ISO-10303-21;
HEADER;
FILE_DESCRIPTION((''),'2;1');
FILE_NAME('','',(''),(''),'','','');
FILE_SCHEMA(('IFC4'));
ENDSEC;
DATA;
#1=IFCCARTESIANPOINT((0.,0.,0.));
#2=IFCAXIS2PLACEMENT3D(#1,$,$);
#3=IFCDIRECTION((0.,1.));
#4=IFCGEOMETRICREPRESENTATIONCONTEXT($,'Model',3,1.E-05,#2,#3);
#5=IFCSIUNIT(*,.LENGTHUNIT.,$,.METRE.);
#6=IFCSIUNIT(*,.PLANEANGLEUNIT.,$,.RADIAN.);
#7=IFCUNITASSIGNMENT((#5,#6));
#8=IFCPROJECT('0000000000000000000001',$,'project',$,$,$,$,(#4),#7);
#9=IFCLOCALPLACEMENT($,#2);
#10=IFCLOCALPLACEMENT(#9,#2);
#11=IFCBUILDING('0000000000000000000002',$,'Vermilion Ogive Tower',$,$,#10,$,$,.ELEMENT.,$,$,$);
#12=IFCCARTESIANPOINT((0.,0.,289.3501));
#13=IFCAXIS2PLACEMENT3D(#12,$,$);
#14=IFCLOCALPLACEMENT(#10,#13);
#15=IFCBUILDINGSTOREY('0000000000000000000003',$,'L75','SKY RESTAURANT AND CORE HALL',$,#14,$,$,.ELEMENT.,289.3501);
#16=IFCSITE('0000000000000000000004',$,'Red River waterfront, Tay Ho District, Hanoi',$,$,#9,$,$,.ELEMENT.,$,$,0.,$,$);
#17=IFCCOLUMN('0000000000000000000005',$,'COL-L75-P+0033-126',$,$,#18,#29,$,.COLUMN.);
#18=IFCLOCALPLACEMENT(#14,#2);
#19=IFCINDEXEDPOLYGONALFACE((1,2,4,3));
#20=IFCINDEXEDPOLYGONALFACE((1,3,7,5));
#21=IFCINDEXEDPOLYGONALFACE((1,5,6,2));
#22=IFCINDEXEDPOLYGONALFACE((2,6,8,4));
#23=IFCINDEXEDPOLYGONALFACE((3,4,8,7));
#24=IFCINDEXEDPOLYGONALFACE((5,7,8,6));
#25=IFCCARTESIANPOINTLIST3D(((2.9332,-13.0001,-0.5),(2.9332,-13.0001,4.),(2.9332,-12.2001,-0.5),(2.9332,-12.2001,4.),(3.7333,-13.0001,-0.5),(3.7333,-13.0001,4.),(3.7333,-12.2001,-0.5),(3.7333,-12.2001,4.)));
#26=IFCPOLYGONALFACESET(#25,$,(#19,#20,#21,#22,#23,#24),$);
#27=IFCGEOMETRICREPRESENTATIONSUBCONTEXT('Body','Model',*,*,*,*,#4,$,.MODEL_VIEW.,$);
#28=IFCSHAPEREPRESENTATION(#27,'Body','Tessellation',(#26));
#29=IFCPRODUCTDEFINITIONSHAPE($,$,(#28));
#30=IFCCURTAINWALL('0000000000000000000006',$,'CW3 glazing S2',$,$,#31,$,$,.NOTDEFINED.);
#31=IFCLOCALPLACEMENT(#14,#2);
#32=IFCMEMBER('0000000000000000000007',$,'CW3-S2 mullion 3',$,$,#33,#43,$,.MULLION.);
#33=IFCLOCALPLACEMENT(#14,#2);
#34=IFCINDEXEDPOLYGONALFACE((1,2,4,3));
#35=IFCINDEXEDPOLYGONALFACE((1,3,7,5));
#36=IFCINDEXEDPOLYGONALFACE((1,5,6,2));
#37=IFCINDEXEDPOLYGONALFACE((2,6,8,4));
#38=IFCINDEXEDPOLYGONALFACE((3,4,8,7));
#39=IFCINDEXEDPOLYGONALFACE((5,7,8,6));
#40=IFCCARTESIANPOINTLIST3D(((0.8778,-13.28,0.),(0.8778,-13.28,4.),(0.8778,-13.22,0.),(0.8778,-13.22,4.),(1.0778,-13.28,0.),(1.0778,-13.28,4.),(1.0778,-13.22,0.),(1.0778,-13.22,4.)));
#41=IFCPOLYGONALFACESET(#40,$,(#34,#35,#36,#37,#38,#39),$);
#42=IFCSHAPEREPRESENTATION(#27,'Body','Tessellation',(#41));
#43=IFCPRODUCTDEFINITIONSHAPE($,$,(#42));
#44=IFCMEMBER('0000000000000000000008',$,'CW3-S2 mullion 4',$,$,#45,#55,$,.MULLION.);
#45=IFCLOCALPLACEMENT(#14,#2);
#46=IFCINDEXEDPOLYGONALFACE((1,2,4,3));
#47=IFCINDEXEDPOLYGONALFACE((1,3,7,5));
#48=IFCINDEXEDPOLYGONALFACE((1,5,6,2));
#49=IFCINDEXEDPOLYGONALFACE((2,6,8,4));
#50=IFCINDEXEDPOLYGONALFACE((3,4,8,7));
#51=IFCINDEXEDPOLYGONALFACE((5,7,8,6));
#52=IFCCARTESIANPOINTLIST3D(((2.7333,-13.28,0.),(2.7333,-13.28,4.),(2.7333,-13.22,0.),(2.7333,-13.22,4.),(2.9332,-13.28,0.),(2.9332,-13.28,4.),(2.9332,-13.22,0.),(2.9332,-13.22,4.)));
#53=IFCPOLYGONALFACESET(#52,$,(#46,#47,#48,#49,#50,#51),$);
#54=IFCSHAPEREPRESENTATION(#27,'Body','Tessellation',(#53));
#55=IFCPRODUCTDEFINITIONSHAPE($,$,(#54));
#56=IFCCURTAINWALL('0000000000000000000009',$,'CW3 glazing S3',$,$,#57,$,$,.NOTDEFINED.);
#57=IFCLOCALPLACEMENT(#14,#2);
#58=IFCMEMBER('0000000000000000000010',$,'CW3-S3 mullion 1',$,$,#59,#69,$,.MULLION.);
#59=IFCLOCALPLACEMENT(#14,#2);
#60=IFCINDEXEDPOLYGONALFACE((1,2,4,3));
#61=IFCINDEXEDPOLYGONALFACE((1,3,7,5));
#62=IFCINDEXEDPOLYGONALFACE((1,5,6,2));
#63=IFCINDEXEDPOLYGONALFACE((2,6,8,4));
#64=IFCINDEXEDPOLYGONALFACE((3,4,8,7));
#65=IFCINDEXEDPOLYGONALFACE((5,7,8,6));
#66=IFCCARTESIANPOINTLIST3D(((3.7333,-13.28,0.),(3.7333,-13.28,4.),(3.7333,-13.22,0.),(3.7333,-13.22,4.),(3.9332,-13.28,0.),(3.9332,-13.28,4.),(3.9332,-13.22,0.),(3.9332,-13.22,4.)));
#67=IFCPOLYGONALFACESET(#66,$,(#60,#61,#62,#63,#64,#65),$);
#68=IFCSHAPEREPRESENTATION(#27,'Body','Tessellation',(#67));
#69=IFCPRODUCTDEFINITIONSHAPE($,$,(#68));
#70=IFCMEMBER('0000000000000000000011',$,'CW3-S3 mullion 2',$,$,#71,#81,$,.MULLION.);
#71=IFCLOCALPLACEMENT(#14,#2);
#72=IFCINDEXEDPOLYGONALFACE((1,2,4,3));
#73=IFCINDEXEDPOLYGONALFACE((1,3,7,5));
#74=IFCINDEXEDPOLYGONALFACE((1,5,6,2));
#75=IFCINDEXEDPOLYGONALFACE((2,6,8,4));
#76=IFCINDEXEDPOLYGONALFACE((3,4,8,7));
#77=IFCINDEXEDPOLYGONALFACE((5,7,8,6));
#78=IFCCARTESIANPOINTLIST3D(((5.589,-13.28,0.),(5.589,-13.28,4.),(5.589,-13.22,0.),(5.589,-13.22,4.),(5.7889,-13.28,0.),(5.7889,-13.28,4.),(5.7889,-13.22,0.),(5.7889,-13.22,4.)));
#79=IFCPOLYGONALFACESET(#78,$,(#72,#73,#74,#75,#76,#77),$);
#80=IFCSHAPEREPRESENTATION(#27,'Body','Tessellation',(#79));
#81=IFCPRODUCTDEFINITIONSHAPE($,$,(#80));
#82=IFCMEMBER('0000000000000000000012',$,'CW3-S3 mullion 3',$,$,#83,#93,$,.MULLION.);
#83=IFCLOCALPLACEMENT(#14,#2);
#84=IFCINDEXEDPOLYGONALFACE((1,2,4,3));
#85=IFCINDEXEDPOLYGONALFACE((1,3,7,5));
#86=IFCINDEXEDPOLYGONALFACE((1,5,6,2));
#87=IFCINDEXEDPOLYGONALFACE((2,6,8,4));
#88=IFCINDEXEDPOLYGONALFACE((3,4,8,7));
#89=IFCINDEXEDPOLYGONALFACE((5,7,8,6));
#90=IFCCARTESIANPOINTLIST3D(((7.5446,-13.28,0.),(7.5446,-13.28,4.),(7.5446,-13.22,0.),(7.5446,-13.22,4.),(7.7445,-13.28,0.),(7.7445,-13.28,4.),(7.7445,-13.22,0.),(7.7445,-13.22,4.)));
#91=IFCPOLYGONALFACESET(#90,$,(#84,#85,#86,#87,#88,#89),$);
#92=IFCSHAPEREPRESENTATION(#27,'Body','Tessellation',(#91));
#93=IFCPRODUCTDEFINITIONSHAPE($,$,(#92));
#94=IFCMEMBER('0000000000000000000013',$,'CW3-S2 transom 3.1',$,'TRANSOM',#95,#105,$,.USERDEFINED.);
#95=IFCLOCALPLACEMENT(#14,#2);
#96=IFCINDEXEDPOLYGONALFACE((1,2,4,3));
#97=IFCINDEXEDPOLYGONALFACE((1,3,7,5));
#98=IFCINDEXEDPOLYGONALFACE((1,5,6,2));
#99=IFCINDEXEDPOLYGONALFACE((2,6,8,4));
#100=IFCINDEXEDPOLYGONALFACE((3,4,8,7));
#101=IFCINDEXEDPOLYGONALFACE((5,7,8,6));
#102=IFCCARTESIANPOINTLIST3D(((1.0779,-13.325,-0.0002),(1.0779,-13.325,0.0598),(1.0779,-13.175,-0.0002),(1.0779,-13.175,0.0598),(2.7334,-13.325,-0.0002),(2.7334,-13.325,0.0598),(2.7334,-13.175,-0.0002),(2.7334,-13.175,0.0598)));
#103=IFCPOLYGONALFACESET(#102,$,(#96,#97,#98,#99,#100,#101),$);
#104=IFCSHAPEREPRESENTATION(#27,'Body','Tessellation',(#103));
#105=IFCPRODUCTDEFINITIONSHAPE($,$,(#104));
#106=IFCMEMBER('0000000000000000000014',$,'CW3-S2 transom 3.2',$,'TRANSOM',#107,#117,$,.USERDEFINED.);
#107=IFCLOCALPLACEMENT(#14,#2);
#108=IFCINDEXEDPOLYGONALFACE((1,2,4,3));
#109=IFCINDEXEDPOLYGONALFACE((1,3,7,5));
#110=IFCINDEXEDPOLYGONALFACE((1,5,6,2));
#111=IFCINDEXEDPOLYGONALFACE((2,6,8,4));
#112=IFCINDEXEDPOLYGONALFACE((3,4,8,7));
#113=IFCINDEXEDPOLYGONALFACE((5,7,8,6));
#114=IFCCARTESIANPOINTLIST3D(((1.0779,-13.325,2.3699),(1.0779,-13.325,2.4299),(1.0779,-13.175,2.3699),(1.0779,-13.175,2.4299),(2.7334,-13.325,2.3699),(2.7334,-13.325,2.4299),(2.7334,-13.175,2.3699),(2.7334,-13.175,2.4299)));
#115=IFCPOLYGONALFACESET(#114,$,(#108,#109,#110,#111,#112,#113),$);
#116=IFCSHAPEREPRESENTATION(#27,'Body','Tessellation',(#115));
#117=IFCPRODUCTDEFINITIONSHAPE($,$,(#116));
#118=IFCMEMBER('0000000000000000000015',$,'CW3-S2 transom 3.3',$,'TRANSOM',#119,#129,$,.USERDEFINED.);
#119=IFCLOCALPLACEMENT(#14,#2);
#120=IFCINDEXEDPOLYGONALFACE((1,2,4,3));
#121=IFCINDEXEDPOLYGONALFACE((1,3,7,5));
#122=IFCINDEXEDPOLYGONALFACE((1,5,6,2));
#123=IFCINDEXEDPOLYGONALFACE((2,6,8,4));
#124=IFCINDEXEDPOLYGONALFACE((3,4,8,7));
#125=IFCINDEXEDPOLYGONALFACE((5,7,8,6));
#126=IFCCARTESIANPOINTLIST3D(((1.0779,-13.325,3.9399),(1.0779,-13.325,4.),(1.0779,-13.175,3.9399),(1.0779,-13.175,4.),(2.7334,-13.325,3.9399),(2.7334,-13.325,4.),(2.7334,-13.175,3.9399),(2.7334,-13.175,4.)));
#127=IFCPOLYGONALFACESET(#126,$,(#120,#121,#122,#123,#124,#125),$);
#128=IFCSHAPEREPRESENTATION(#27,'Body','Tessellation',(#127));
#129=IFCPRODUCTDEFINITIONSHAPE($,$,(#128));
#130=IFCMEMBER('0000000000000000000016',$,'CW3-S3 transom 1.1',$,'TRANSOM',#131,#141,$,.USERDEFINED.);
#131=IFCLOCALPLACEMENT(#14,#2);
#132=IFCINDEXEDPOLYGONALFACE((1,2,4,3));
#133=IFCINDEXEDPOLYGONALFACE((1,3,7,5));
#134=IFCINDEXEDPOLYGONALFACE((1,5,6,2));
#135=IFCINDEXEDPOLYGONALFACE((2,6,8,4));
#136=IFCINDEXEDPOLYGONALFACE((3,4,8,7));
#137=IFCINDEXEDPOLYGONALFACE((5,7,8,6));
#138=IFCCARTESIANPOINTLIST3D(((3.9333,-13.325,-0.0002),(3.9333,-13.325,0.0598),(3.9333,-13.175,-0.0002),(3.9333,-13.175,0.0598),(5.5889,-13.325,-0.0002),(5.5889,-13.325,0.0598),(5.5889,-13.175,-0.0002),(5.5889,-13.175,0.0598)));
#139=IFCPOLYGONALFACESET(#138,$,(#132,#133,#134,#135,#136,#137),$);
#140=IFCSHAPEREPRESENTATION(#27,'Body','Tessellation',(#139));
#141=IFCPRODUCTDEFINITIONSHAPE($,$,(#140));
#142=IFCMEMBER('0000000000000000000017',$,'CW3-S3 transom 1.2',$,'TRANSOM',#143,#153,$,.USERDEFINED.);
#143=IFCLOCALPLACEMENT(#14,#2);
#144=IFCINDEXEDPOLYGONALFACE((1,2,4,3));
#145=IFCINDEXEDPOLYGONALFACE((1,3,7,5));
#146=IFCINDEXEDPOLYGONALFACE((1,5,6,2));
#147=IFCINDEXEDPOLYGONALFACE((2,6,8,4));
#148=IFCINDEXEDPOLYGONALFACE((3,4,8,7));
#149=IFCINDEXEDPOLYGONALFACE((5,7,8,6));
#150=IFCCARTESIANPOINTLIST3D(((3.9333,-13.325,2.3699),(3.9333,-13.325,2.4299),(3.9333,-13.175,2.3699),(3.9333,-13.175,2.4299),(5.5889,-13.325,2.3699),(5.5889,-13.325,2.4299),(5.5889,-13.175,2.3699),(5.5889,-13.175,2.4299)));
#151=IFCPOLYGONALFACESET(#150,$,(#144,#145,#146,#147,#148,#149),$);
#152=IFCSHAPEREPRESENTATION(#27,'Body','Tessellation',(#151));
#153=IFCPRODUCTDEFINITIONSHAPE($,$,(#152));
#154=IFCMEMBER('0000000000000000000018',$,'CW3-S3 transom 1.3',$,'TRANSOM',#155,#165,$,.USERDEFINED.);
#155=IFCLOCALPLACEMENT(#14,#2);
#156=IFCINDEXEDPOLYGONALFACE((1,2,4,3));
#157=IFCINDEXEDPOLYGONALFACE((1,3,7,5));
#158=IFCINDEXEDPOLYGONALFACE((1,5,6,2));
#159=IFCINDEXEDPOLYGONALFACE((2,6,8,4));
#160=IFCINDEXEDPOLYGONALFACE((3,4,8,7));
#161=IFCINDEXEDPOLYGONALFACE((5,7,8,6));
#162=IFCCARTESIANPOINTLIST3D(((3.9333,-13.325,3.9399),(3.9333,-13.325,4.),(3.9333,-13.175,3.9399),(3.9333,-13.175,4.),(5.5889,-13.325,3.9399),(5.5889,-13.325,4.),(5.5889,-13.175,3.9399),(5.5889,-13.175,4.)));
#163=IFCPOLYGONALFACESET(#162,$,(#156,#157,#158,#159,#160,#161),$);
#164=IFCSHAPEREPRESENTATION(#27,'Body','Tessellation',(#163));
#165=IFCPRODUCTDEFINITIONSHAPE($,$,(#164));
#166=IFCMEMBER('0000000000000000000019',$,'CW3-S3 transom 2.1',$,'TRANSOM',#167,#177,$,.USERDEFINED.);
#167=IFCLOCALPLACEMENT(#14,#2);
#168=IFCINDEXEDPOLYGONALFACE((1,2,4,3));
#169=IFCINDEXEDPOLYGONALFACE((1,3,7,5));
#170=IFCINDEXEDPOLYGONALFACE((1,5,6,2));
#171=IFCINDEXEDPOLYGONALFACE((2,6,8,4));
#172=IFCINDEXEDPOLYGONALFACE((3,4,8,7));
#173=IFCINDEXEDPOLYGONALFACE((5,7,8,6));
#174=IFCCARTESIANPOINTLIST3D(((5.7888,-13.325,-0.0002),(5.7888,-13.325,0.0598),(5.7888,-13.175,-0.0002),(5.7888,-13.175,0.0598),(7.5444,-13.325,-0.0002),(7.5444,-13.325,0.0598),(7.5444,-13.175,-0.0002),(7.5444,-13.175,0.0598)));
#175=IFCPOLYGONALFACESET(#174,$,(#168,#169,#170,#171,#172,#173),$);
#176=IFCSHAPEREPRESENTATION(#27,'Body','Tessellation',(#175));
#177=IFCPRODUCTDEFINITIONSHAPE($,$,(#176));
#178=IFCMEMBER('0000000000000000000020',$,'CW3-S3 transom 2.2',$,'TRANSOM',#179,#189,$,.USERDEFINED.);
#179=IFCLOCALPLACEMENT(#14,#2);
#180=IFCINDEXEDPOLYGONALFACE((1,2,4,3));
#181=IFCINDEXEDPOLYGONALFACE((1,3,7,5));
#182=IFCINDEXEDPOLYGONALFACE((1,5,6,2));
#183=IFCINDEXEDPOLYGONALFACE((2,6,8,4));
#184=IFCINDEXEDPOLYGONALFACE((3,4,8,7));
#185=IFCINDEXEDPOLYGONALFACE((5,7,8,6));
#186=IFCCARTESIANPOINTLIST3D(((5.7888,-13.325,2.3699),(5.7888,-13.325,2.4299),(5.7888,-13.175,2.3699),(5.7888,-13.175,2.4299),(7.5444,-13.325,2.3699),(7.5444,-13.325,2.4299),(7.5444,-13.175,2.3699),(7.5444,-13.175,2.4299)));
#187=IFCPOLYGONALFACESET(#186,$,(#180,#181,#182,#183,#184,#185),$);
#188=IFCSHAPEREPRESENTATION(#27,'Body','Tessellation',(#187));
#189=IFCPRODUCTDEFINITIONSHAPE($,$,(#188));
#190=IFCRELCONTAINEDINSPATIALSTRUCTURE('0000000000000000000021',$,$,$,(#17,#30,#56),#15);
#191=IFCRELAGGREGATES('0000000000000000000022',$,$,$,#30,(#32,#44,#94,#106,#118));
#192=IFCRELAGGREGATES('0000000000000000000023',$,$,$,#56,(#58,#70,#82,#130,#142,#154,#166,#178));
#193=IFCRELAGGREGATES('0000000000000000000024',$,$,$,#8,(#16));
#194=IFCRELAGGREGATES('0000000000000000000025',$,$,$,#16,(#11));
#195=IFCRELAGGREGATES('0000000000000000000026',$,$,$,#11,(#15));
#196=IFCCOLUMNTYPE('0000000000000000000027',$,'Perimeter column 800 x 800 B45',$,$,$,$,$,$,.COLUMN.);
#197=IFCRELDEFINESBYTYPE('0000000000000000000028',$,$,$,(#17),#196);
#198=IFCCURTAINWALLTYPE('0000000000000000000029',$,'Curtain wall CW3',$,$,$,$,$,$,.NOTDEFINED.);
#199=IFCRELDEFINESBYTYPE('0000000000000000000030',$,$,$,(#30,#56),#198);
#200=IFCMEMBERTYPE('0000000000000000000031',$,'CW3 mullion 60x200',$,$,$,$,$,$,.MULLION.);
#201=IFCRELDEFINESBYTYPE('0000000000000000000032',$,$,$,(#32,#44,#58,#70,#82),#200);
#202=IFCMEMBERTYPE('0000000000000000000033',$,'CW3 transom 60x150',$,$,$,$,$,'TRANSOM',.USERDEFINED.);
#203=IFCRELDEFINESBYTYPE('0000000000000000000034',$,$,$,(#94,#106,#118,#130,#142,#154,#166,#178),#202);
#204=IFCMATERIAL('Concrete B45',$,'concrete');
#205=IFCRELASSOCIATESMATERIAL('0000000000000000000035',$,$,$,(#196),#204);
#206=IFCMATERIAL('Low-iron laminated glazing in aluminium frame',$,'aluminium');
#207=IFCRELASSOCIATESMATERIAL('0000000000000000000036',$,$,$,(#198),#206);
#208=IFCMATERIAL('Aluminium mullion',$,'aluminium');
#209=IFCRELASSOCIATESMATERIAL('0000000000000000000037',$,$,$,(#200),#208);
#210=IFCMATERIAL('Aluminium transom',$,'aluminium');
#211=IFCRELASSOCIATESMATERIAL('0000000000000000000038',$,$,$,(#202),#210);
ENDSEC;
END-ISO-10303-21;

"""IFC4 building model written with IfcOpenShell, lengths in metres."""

from ifc_helpers import new_model, si_unit, direction, frame, origin, origin_2d, place, context, subcontext, project, spatial, rectangle, extrude, material, material_profile, profile_set, type_object, element, aggregate, save


model = new_model("IFC4")

# Units and contexts
model_context = context("Model", 3, precision=1e-05, world=origin(), true_north=direction((0.0, 1.0)))
body_context = subcontext(model_context, "Body", "Model", "MODEL_VIEW")
ifc_project = project(units=[si_unit("LENGTHUNIT", "METRE"), si_unit("PLANEANGLEUNIT", "RADIAN")], contexts=[model_context])

# Site, building, storey
site_placement = place(None, origin())
site = spatial("IfcSite", under=ifc_project, at=site_placement, Name="Red River waterfront, Tay Ho District, Hanoi", CompositionType="ELEMENT", RefElevation=0.0)
building_placement = place(site_placement, origin())
building = spatial("IfcBuilding", under=site, at=building_placement, Name="Vermilion Ogive Tower", CompositionType="ELEMENT")
storey_placement = place(building_placement, frame((0.0, 0.0, 289.3501)))
storey = spatial("IfcBuildingStorey", under=building, at=storey_placement, Name="L75", Description="SKY RESTAURANT AND CORE HALL", CompositionType="ELEMENT", Elevation=289.3501)

# Column
ifc_material_1 = material(Name="Concrete B45", Category="concrete")
ifc_material_profile_1 = material_profile(ifc_material_1, rectangle(XDim=0.8, YDim=0.8, at=origin_2d()), Name="800 x 800")
ifc_profile_set_1 = profile_set([ifc_material_profile_1], Name="Concrete B45")
column_type = type_object("IfcColumnType", Name="Perimeter column 800 x 800 B45", PredefinedType="COLUMN", material=ifc_profile_set_1)
column_placement = place(storey_placement, frame((3.3333, -12.6001, -0.5), z_axis=(0.0, 0.0, 1.0), x_axis=(1.0, 0.0, 0.0)))
element("IfcColumn", 1, at=column_placement, inside=storey, type_object=column_type, Name="COL-L75-P+0033-126", PredefinedType="COLUMN", context=body_context, shape_type="SweptSolid", body=[
    extrude(rectangle(XDim=0.8, YDim=0.8, at=origin_2d()), origin(), (0.0, 0.0, 1.0), 4.5),
])

# Curtain walls, members
ifc_material_2 = material(Name="Low-iron laminated glazing in aluminium frame", Category="aluminium")
curtain_wall_type = type_object("IfcCurtainWallType", Name="Curtain wall CW3", PredefinedType="NOTDEFINED", material=ifc_material_2)
curtain_wall_1_placement = place(storey_placement, origin())
curtain_wall_1 = element("IfcCurtainWall", 2, at=curtain_wall_1_placement, inside=storey, type_object=curtain_wall_type, Name="CW3 glazing S2", PredefinedType="NOTDEFINED")
ifc_material_3 = material(Name="Aluminium mullion", Category="aluminium")
ifc_material_profile_2 = material_profile(ifc_material_3, rectangle(XDim=0.0601, YDim=0.2, at=origin_2d()), Name="AL 60x200")
ifc_profile_set_2 = profile_set([ifc_material_profile_2], Name="Aluminium mullion")
member_type_1 = type_object("IfcMemberType", Name="CW3 mullion 60x200", PredefinedType="MULLION", material=ifc_profile_set_2)
member_1_placement = place(storey_placement, frame((0.9778, -13.25, 0.0), z_axis=(0.0, 0.0, 1.0), x_axis=(0.0, 1.0, 0.0)))
member_1 = element("IfcMember", 3, at=member_1_placement, type_object=member_type_1, Name="CW3-S2 mullion 3", PredefinedType="MULLION", context=body_context, shape_type="SweptSolid", body=[
    extrude(rectangle(XDim=0.0601, YDim=0.2, at=origin_2d()), origin(), (0.0, 0.0, 1.0), 4.0),
])
member_2_placement = place(storey_placement, frame((2.8333, -13.25, 0.0), z_axis=(0.0, 0.0, 1.0), x_axis=(0.0, 1.0, 0.0)))
member_2 = element("IfcMember", 4, at=member_2_placement, type_object=member_type_1, Name="CW3-S2 mullion 4", PredefinedType="MULLION", context=body_context, shape_type="SweptSolid", body=[
    extrude(rectangle(XDim=0.0601, YDim=0.2, at=origin_2d()), origin(), (0.0, 0.0, 1.0), 4.0),
])
curtain_wall_2_placement = place(storey_placement, origin())
curtain_wall_2 = element("IfcCurtainWall", 5, at=curtain_wall_2_placement, inside=storey, type_object=curtain_wall_type, Name="CW3 glazing S3", PredefinedType="NOTDEFINED")
member_3_placement = place(storey_placement, frame((3.8333, -13.25, 0.0), z_axis=(0.0, 0.0, 1.0), x_axis=(0.0, 1.0, 0.0)))
member_3 = element("IfcMember", 6, at=member_3_placement, type_object=member_type_1, Name="CW3-S3 mullion 1", PredefinedType="MULLION", context=body_context, shape_type="SweptSolid", body=[
    extrude(rectangle(XDim=0.0601, YDim=0.2, at=origin_2d()), origin(), (0.0, 0.0, 1.0), 4.0),
])
member_4_placement = place(storey_placement, frame((5.689, -13.25, 0.0), z_axis=(0.0, 0.0, 1.0), x_axis=(0.0, 1.0, 0.0)))
member_4 = element("IfcMember", 7, at=member_4_placement, type_object=member_type_1, Name="CW3-S3 mullion 2", PredefinedType="MULLION", context=body_context, shape_type="SweptSolid", body=[
    extrude(rectangle(XDim=0.0601, YDim=0.2, at=origin_2d()), origin(), (0.0, 0.0, 1.0), 4.0),
])
member_5_placement = place(storey_placement, frame((7.6445, -13.25, 0.0), z_axis=(0.0, 0.0, 1.0), x_axis=(0.0, 1.0, 0.0)))
member_5 = element("IfcMember", 8, at=member_5_placement, type_object=member_type_1, Name="CW3-S3 mullion 3", PredefinedType="MULLION", context=body_context, shape_type="SweptSolid", body=[
    extrude(rectangle(XDim=0.0601, YDim=0.2, at=origin_2d()), origin(), (0.0, 0.0, 1.0), 4.0),
])

# Members
ifc_material_4 = material(Name="Aluminium transom", Category="aluminium")
ifc_material_profile_3 = material_profile(ifc_material_4, rectangle(XDim=0.1499, YDim=0.0601, at=origin_2d()), Name="AL 60x150")
ifc_profile_set_3 = profile_set([ifc_material_profile_3], Name="Aluminium transom")
member_type_2 = type_object("IfcMemberType", Name="CW3 transom 60x150", ElementType="TRANSOM", PredefinedType="USERDEFINED", material=ifc_profile_set_3)
member_6_placement = place(storey_placement, frame((1.0779, -13.25, 0.0298), z_axis=(1.0, 0.0, 0.0), x_axis=(0.0, 1.0, 0.0)))
member_6 = element("IfcMember", 9, at=member_6_placement, type_object=member_type_2, Name="CW3-S2 transom 3.1", ObjectType="TRANSOM", PredefinedType="USERDEFINED", context=body_context, shape_type="SweptSolid", body=[
    extrude(rectangle(XDim=0.1499, YDim=0.0601, at=origin_2d()), origin(), (0.0, 0.0, 1.0), 1.6555),
])
member_7_placement = place(storey_placement, frame((1.0779, -13.25, 2.3999), z_axis=(1.0, 0.0, 0.0), x_axis=(0.0, 1.0, 0.0)))
member_7 = element("IfcMember", 10, at=member_7_placement, type_object=member_type_2, Name="CW3-S2 transom 3.2", ObjectType="TRANSOM", PredefinedType="USERDEFINED", context=body_context, shape_type="SweptSolid", body=[
    extrude(rectangle(XDim=0.1499, YDim=0.0601, at=origin_2d()), origin(), (0.0, 0.0, 1.0), 1.6555),
])
member_8_placement = place(storey_placement, frame((1.0779, -13.25, 3.97), z_axis=(1.0, 0.0, 0.0), x_axis=(0.0, 1.0, 0.0)))
member_8 = element("IfcMember", 11, at=member_8_placement, type_object=member_type_2, Name="CW3-S2 transom 3.3", ObjectType="TRANSOM", PredefinedType="USERDEFINED", context=body_context, shape_type="SweptSolid", body=[
    extrude(rectangle(XDim=0.1499, YDim=0.0601, at=origin_2d()), origin(), (0.0, 0.0, 1.0), 1.6555),
])
member_9_placement = place(storey_placement, frame((3.9333, -13.25, 0.0298), z_axis=(1.0, 0.0, 0.0), x_axis=(0.0, 1.0, 0.0)))
member_9 = element("IfcMember", 12, at=member_9_placement, type_object=member_type_2, Name="CW3-S3 transom 1.1", ObjectType="TRANSOM", PredefinedType="USERDEFINED", context=body_context, shape_type="SweptSolid", body=[
    extrude(rectangle(XDim=0.1499, YDim=0.0601, at=origin_2d()), origin(), (0.0, 0.0, 1.0), 1.6555),
])
member_10_placement = place(storey_placement, frame((3.9333, -13.25, 2.3999), z_axis=(1.0, 0.0, 0.0), x_axis=(0.0, 1.0, 0.0)))
member_10 = element("IfcMember", 13, at=member_10_placement, type_object=member_type_2, Name="CW3-S3 transom 1.2", ObjectType="TRANSOM", PredefinedType="USERDEFINED", context=body_context, shape_type="SweptSolid", body=[
    extrude(rectangle(XDim=0.1499, YDim=0.0601, at=origin_2d()), origin(), (0.0, 0.0, 1.0), 1.6555),
])
member_11_placement = place(storey_placement, frame((3.9333, -13.25, 3.97), z_axis=(1.0, 0.0, 0.0), x_axis=(0.0, 1.0, 0.0)))
member_11 = element("IfcMember", 14, at=member_11_placement, type_object=member_type_2, Name="CW3-S3 transom 1.3", ObjectType="TRANSOM", PredefinedType="USERDEFINED", context=body_context, shape_type="SweptSolid", body=[
    extrude(rectangle(XDim=0.1499, YDim=0.0601, at=origin_2d()), origin(), (0.0, 0.0, 1.0), 1.6555),
])
member_12_placement = place(storey_placement, frame((5.7888, -13.25, 0.0298), z_axis=(1.0, 0.0, 0.0), x_axis=(0.0, 1.0, 0.0)))
member_12 = element("IfcMember", 15, at=member_12_placement, type_object=member_type_2, Name="CW3-S3 transom 2.1", ObjectType="TRANSOM", PredefinedType="USERDEFINED", context=body_context, shape_type="SweptSolid", body=[
    extrude(rectangle(XDim=0.1499, YDim=0.0601, at=origin_2d()), origin(), (0.0, 0.0, 1.0), 1.7556),
])
member_13_placement = place(storey_placement, frame((5.7888, -13.25, 2.3999), z_axis=(1.0, 0.0, 0.0), x_axis=(0.0, 1.0, 0.0)))
member_13 = element("IfcMember", 16, at=member_13_placement, type_object=member_type_2, Name="CW3-S3 transom 2.2", ObjectType="TRANSOM", PredefinedType="USERDEFINED", context=body_context, shape_type="SweptSolid", body=[
    extrude(rectangle(XDim=0.1499, YDim=0.0601, at=origin_2d()), origin(), (0.0, 0.0, 1.0), 1.7556),
])

aggregate(curtain_wall_1, [member_1, member_2, member_6, member_7, member_8])
aggregate(curtain_wall_2, [member_3, member_4, member_5, member_9, member_10, member_11, member_12, member_13])

save(model, "model.ifc")
